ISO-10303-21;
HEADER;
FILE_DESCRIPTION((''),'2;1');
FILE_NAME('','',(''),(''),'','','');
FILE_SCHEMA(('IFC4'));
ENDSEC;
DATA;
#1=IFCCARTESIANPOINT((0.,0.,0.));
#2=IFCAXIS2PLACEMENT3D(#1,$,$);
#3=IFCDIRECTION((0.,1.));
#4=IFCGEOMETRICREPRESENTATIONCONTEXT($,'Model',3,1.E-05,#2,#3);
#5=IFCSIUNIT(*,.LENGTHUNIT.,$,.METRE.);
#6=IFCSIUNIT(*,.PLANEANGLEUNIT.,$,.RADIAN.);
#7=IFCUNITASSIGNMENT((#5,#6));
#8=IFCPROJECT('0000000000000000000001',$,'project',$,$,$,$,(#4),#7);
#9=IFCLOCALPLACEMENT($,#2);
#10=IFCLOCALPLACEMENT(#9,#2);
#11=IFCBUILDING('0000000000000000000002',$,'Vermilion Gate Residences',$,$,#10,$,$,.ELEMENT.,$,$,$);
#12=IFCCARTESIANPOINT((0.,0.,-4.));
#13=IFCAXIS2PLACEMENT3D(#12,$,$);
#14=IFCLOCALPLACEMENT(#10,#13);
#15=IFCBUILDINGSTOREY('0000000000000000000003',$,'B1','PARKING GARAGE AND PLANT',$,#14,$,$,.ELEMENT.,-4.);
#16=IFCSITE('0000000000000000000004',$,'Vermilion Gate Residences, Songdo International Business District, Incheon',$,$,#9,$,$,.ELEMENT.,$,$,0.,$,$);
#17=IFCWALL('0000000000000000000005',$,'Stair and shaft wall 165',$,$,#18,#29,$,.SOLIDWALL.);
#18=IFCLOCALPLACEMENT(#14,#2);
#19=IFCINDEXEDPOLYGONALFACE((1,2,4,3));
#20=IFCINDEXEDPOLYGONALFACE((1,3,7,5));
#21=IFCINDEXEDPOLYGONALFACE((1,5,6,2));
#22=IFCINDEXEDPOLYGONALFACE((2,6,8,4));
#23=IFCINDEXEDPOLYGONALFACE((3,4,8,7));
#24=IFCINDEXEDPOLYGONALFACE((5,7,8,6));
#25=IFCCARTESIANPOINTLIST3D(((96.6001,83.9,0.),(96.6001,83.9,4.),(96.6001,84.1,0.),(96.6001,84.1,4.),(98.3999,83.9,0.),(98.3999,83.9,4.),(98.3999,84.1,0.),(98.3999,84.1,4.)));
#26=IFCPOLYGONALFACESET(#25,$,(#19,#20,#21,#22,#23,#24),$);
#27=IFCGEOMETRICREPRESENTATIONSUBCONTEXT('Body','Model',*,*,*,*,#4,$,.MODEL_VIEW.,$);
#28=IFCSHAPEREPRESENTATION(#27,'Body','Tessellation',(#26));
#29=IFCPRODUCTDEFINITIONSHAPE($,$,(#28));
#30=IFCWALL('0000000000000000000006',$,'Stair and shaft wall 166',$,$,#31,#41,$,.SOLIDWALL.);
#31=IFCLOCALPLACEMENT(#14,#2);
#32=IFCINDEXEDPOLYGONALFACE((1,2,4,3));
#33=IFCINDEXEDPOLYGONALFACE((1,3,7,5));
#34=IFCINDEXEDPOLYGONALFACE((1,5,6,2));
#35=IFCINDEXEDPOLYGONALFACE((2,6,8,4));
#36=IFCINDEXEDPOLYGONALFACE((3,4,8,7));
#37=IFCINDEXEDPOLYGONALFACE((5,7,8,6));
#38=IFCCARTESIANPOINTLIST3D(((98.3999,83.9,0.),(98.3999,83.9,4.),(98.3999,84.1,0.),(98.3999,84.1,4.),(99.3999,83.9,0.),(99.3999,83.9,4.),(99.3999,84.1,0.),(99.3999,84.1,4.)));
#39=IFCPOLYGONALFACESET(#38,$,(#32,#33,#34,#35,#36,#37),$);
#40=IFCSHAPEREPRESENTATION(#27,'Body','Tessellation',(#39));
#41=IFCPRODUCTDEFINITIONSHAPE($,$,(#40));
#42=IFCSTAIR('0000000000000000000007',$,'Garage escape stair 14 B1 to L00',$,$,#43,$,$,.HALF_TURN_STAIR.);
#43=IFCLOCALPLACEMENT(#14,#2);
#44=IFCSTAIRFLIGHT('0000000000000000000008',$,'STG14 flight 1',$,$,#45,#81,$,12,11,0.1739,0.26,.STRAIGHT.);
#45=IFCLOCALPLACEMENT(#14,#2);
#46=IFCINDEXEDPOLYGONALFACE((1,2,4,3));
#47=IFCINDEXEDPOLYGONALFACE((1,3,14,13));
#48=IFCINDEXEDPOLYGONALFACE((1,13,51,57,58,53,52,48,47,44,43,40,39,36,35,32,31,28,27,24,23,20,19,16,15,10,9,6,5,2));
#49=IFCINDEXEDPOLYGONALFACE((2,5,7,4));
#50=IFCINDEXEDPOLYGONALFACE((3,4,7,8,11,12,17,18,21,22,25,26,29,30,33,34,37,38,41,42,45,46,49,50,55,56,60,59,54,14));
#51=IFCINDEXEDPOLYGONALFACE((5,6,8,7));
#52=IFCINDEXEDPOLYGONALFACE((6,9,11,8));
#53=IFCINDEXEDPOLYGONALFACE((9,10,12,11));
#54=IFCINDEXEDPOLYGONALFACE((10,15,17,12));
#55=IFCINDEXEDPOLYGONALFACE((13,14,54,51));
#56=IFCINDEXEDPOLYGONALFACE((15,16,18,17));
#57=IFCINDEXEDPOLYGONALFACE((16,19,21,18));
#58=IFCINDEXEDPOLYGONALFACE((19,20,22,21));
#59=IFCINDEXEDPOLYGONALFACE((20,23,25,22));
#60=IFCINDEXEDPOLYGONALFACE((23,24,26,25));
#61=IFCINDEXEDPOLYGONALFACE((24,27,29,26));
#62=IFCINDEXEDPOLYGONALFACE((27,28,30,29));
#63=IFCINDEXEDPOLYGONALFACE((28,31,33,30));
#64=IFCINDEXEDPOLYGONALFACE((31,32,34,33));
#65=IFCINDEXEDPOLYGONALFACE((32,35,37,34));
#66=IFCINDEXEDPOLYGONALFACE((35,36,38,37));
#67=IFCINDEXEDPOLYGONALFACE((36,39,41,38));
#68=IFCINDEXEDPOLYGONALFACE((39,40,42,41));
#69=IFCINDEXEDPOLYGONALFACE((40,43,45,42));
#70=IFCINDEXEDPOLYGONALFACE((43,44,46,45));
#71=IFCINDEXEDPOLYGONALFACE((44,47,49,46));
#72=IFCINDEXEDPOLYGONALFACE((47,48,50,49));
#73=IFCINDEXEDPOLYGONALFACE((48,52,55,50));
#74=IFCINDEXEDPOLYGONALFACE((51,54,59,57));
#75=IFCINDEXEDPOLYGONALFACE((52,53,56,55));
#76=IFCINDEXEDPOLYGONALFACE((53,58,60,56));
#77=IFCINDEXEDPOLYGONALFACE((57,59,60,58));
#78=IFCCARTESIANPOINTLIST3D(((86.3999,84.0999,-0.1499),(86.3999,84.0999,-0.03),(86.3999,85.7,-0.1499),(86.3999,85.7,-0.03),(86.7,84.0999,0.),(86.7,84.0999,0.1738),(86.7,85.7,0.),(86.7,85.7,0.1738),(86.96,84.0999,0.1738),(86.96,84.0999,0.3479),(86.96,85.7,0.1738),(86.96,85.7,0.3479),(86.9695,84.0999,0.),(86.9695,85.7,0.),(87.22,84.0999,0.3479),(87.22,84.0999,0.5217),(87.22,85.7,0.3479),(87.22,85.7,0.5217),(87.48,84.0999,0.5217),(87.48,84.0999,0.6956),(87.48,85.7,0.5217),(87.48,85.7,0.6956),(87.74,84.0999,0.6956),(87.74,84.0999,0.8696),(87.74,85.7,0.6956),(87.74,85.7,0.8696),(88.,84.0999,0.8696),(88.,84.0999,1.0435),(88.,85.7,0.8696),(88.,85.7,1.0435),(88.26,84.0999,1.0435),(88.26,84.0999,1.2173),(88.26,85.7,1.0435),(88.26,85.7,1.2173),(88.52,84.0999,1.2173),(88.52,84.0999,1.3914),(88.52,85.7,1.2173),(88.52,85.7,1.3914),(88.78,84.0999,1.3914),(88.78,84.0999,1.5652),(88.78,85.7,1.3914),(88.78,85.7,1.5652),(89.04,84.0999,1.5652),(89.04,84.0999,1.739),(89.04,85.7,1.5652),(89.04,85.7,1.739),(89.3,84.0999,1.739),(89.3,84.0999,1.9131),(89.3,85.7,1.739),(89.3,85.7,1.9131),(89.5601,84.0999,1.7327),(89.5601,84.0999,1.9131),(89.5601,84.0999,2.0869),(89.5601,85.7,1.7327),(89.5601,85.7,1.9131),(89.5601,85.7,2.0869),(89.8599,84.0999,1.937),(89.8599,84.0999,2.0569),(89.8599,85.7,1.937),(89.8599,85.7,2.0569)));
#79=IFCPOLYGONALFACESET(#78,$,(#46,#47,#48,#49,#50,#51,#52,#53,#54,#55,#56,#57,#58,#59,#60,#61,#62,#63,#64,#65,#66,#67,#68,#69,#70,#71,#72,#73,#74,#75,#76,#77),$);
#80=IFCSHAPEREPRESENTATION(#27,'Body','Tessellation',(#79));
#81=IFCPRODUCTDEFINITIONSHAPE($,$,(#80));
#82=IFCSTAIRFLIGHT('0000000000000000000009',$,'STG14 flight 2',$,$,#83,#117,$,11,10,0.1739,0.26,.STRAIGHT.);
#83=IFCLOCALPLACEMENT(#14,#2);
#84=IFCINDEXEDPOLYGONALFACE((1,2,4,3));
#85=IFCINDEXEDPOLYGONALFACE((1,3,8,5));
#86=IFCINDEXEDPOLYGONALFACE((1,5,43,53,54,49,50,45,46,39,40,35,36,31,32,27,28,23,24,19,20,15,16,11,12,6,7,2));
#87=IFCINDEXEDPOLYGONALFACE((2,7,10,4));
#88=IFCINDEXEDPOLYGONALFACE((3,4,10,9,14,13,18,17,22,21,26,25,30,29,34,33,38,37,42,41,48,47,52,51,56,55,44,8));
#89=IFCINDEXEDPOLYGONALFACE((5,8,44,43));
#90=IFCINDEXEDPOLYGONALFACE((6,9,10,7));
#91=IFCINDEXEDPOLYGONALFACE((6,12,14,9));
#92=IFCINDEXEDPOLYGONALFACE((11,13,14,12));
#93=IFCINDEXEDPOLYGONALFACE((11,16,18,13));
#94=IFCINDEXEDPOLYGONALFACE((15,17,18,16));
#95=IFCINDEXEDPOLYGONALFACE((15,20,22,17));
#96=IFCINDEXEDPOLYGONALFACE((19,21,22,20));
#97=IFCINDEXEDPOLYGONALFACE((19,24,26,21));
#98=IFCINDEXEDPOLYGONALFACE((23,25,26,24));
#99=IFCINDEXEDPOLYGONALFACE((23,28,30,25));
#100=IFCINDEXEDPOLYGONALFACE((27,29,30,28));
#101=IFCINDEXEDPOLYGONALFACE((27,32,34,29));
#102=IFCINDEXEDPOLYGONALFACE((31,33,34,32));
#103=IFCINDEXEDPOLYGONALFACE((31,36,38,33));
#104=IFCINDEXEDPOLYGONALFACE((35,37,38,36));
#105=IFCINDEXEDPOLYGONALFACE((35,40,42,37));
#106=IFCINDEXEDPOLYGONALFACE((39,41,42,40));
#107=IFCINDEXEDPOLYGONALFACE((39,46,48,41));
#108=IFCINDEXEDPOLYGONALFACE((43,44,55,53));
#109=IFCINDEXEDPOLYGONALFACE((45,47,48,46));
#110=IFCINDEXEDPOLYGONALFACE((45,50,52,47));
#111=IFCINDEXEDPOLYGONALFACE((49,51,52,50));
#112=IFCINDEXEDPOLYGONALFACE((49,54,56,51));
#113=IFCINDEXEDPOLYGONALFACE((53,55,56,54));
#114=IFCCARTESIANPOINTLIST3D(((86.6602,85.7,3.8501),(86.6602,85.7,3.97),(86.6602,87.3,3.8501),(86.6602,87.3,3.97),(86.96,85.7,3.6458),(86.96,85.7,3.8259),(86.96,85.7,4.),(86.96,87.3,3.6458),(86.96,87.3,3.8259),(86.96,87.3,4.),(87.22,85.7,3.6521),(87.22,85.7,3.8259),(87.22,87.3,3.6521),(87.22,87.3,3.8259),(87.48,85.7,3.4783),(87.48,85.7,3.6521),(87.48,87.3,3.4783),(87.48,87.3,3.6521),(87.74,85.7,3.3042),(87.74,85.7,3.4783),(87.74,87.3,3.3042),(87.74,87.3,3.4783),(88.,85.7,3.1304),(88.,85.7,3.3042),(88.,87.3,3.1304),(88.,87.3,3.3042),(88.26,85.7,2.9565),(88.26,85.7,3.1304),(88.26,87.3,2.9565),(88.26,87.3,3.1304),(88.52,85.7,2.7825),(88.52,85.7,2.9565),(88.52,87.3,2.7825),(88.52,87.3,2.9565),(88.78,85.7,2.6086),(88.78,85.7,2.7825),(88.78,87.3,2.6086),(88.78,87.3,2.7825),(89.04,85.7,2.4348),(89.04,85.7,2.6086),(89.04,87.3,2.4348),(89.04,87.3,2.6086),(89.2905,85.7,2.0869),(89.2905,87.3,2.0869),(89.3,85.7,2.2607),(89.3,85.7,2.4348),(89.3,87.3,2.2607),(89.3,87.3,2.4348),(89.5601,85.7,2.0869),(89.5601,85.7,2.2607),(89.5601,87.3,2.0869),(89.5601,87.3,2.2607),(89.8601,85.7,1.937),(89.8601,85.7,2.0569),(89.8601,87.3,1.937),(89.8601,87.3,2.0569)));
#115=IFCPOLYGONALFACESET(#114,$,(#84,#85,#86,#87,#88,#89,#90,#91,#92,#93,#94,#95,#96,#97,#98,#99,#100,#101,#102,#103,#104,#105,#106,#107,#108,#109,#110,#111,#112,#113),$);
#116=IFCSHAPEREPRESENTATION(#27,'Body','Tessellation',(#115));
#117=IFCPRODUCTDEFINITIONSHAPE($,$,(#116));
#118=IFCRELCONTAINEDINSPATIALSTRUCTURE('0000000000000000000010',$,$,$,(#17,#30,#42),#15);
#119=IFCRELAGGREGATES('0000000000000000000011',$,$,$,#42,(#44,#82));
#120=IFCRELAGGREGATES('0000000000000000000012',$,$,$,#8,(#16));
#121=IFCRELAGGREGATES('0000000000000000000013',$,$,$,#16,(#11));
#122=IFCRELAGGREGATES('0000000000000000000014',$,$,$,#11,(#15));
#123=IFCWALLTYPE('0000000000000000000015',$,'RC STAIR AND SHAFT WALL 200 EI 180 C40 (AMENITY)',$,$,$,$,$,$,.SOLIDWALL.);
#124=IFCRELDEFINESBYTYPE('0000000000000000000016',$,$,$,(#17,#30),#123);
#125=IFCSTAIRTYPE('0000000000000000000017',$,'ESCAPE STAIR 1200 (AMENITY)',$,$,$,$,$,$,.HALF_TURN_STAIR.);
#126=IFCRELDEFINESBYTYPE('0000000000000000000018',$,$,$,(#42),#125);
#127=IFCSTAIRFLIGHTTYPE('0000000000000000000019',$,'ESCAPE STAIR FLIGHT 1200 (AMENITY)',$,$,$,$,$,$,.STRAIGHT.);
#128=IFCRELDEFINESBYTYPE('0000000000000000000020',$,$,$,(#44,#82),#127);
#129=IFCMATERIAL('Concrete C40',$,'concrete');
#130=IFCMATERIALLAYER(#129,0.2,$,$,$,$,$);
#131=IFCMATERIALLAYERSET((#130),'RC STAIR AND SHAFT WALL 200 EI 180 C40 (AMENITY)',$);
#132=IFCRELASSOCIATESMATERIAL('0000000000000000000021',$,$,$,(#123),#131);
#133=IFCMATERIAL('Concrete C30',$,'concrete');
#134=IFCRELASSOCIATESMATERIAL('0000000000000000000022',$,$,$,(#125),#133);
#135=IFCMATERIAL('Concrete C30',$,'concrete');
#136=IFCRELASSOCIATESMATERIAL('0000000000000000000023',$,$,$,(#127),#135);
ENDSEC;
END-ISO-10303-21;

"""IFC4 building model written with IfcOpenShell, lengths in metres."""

from ifc_helpers import new_model, si_unit, direction, frame, frame_2d, origin, place, context, subcontext, project, spatial, polyline, rectangle, outline, extrude, material, layer, layer_set, type_object, element, aggregate, save


model = new_model("IFC4")

# Units and contexts
model_context = context("Model", 3, precision=1e-05, world=origin(), true_north=direction((0.0, 1.0)))
body_context = subcontext(model_context, "Body", "Model", "MODEL_VIEW")
ifc_project = project(units=[si_unit("LENGTHUNIT", "METRE"), si_unit("PLANEANGLEUNIT", "RADIAN")], contexts=[model_context])

# Site, building, storey
site_placement = place(None, origin())
site = spatial("IfcSite", under=ifc_project, at=site_placement, Name="Vermilion Gate Residences, Songdo International Business District, Incheon", CompositionType="ELEMENT", RefElevation=0.0)
building_placement = place(site_placement, origin())
building = spatial("IfcBuilding", under=site, at=building_placement, Name="Vermilion Gate Residences", CompositionType="ELEMENT")
storey_placement = place(building_placement, frame((0.0, 0.0, -4.0)))
storey = spatial("IfcBuildingStorey", under=building, at=storey_placement, Name="B1", Description="PARKING GARAGE AND PLANT", CompositionType="ELEMENT", Elevation=-4.0)

# Shared definitions
ifc_material_1 = material(Name="Concrete C40", Category="concrete")
ifc_layer = layer(ifc_material_1, 0.2)
ifc_layer_set = layer_set([ifc_layer], Name="RC STAIR AND SHAFT WALL 200 EI 180 C40 (AMENITY)")
wall_type = type_object("IfcWallType", Name="RC STAIR AND SHAFT WALL 200 EI 180 C40 (AMENITY)", PredefinedType="SOLIDWALL", material=ifc_layer_set)

# Walls
wall_1_placement = place(storey_placement, frame((96.6001, 84.0, 0.0), z_axis=(0.0, 0.0, 1.0), x_axis=(1.0, 0.0, 0.0)))
element("IfcWall", 1, at=wall_1_placement, inside=storey, type_object=wall_type, Name="Stair and shaft wall 165", PredefinedType="SOLIDWALL", context=body_context, shape_type="SweptSolid", body=[
    extrude(rectangle(XDim=1.7998, YDim=0.2, at=frame_2d((0.8999, 0.0))), origin(), (0.0, 0.0, 1.0), 4.0),
])
wall_2_placement = place(storey_placement, frame((98.3999, 84.0, 0.0), z_axis=(0.0, 0.0, 1.0), x_axis=(1.0, 0.0, 0.0)))
element("IfcWall", 2, at=wall_2_placement, inside=storey, type_object=wall_type, Name="Stair and shaft wall 166", PredefinedType="SOLIDWALL", context=body_context, shape_type="SweptSolid", body=[
    extrude(rectangle(XDim=1.0, YDim=0.2, at=frame_2d((0.5, 0.0))), origin(), (0.0, 0.0, 1.0), 4.0),
])

# Stair, stair flights
ifc_material_2 = material(Name="Concrete C30", Category="concrete")
stair_type = type_object("IfcStairType", Name="ESCAPE STAIR 1200 (AMENITY)", PredefinedType="HALF_TURN_STAIR", material=ifc_material_2)
stair_placement = place(storey_placement, origin())
stair = element("IfcStair", 3, at=stair_placement, inside=storey, type_object=stair_type, Name="Garage escape stair 14 B1 to L00", PredefinedType="HALF_TURN_STAIR")
ifc_material_3 = material(Name="Concrete C30", Category="concrete")
stair_flight_type = type_object("IfcStairFlightType", Name="ESCAPE STAIR FLIGHT 1200 (AMENITY)", PredefinedType="STRAIGHT", material=ifc_material_3)
stair_flight_1_placement = place(storey_placement, frame((86.7, 84.8999, 0.0), z_axis=(0.0, 0.0, 1.0), x_axis=(1.0, 0.0, 0.0)))
stair_flight_1 = element("IfcStairFlight", 4, at=stair_flight_1_placement, type_object=stair_flight_type, Name="STG14 flight 1", NumberOfRisers=12, NumberOfTreads=11, PredefinedType="STRAIGHT", RiserHeight=0.1739, TreadLength=0.26, context=body_context, shape_type="SweptSolid", body=[
    extrude(outline(polyline([(-0.3, -0.1499), (-0.3, -0.03), (0.0, 0.0), (0.0, 0.1738), (0.26, 0.1738), (0.26, 0.3479), (0.52, 0.3479), (0.52, 0.5217), (0.78, 0.5217), (0.78, 0.6956), (1.04, 0.6956), (1.04, 0.8696), (1.3, 0.8696), (1.3, 1.0435), (1.5601, 1.0435), (1.5601, 1.2173), (1.8201, 1.2173), (1.8201, 1.3914), (2.0801, 1.3914), (2.0801, 1.5652), (2.3401, 1.5652), (2.3401, 1.739), (2.6001, 1.739), (2.6001, 1.9131), (2.8601, 1.9131), (2.8601, 2.0869), (3.1599, 2.0569), (3.1599, 1.937), (2.8601, 1.7327), (0.2695, 0.0), (-0.3, -0.1499)])), frame((0.0, 0.8, 0.0), z_axis=(0.0, -1.0, 0.0), x_axis=(1.0, 0.0, 0.0)), (0.0, 0.0, 1.0), 1.6001),
])
stair_flight_2_placement = place(storey_placement, frame((89.5601, 86.5, 2.0869), z_axis=(0.0, 0.0, 1.0), x_axis=(-1.0, 0.0, 0.0)))
stair_flight_2 = element("IfcStairFlight", 5, at=stair_flight_2_placement, type_object=stair_flight_type, Name="STG14 flight 2", NumberOfRisers=11, NumberOfTreads=10, PredefinedType="STRAIGHT", RiserHeight=0.1739, TreadLength=0.26, context=body_context, shape_type="SweptSolid", body=[
    extrude(outline(polyline([(-0.3, -0.1499), (-0.3, -0.03), (0.0, 0.0), (0.0, 0.1738), (0.26, 0.1738), (0.26, 0.3479), (0.52, 0.3479), (0.52, 0.5217), (0.78, 0.5217), (0.78, 0.6956), (1.04, 0.6956), (1.04, 0.8696), (1.3, 0.8696), (1.3, 1.0435), (1.5601, 1.0435), (1.5601, 1.2173), (1.8201, 1.2173), (1.8201, 1.3914), (2.0801, 1.3914), (2.0801, 1.5652), (2.3401, 1.5652), (2.3401, 1.739), (2.6001, 1.739), (2.6001, 1.9131), (2.8999, 1.8831), (2.8999, 1.7632), (2.6001, 1.5588), (0.2695, 0.0), (-0.3, -0.1499)])), frame((0.0, 0.8, 0.0), z_axis=(0.0, -1.0, 0.0), x_axis=(1.0, 0.0, 0.0)), (0.0, 0.0, 1.0), 1.6001),
])
aggregate(stair, [stair_flight_1, stair_flight_2])

save(model, "model.ifc")
